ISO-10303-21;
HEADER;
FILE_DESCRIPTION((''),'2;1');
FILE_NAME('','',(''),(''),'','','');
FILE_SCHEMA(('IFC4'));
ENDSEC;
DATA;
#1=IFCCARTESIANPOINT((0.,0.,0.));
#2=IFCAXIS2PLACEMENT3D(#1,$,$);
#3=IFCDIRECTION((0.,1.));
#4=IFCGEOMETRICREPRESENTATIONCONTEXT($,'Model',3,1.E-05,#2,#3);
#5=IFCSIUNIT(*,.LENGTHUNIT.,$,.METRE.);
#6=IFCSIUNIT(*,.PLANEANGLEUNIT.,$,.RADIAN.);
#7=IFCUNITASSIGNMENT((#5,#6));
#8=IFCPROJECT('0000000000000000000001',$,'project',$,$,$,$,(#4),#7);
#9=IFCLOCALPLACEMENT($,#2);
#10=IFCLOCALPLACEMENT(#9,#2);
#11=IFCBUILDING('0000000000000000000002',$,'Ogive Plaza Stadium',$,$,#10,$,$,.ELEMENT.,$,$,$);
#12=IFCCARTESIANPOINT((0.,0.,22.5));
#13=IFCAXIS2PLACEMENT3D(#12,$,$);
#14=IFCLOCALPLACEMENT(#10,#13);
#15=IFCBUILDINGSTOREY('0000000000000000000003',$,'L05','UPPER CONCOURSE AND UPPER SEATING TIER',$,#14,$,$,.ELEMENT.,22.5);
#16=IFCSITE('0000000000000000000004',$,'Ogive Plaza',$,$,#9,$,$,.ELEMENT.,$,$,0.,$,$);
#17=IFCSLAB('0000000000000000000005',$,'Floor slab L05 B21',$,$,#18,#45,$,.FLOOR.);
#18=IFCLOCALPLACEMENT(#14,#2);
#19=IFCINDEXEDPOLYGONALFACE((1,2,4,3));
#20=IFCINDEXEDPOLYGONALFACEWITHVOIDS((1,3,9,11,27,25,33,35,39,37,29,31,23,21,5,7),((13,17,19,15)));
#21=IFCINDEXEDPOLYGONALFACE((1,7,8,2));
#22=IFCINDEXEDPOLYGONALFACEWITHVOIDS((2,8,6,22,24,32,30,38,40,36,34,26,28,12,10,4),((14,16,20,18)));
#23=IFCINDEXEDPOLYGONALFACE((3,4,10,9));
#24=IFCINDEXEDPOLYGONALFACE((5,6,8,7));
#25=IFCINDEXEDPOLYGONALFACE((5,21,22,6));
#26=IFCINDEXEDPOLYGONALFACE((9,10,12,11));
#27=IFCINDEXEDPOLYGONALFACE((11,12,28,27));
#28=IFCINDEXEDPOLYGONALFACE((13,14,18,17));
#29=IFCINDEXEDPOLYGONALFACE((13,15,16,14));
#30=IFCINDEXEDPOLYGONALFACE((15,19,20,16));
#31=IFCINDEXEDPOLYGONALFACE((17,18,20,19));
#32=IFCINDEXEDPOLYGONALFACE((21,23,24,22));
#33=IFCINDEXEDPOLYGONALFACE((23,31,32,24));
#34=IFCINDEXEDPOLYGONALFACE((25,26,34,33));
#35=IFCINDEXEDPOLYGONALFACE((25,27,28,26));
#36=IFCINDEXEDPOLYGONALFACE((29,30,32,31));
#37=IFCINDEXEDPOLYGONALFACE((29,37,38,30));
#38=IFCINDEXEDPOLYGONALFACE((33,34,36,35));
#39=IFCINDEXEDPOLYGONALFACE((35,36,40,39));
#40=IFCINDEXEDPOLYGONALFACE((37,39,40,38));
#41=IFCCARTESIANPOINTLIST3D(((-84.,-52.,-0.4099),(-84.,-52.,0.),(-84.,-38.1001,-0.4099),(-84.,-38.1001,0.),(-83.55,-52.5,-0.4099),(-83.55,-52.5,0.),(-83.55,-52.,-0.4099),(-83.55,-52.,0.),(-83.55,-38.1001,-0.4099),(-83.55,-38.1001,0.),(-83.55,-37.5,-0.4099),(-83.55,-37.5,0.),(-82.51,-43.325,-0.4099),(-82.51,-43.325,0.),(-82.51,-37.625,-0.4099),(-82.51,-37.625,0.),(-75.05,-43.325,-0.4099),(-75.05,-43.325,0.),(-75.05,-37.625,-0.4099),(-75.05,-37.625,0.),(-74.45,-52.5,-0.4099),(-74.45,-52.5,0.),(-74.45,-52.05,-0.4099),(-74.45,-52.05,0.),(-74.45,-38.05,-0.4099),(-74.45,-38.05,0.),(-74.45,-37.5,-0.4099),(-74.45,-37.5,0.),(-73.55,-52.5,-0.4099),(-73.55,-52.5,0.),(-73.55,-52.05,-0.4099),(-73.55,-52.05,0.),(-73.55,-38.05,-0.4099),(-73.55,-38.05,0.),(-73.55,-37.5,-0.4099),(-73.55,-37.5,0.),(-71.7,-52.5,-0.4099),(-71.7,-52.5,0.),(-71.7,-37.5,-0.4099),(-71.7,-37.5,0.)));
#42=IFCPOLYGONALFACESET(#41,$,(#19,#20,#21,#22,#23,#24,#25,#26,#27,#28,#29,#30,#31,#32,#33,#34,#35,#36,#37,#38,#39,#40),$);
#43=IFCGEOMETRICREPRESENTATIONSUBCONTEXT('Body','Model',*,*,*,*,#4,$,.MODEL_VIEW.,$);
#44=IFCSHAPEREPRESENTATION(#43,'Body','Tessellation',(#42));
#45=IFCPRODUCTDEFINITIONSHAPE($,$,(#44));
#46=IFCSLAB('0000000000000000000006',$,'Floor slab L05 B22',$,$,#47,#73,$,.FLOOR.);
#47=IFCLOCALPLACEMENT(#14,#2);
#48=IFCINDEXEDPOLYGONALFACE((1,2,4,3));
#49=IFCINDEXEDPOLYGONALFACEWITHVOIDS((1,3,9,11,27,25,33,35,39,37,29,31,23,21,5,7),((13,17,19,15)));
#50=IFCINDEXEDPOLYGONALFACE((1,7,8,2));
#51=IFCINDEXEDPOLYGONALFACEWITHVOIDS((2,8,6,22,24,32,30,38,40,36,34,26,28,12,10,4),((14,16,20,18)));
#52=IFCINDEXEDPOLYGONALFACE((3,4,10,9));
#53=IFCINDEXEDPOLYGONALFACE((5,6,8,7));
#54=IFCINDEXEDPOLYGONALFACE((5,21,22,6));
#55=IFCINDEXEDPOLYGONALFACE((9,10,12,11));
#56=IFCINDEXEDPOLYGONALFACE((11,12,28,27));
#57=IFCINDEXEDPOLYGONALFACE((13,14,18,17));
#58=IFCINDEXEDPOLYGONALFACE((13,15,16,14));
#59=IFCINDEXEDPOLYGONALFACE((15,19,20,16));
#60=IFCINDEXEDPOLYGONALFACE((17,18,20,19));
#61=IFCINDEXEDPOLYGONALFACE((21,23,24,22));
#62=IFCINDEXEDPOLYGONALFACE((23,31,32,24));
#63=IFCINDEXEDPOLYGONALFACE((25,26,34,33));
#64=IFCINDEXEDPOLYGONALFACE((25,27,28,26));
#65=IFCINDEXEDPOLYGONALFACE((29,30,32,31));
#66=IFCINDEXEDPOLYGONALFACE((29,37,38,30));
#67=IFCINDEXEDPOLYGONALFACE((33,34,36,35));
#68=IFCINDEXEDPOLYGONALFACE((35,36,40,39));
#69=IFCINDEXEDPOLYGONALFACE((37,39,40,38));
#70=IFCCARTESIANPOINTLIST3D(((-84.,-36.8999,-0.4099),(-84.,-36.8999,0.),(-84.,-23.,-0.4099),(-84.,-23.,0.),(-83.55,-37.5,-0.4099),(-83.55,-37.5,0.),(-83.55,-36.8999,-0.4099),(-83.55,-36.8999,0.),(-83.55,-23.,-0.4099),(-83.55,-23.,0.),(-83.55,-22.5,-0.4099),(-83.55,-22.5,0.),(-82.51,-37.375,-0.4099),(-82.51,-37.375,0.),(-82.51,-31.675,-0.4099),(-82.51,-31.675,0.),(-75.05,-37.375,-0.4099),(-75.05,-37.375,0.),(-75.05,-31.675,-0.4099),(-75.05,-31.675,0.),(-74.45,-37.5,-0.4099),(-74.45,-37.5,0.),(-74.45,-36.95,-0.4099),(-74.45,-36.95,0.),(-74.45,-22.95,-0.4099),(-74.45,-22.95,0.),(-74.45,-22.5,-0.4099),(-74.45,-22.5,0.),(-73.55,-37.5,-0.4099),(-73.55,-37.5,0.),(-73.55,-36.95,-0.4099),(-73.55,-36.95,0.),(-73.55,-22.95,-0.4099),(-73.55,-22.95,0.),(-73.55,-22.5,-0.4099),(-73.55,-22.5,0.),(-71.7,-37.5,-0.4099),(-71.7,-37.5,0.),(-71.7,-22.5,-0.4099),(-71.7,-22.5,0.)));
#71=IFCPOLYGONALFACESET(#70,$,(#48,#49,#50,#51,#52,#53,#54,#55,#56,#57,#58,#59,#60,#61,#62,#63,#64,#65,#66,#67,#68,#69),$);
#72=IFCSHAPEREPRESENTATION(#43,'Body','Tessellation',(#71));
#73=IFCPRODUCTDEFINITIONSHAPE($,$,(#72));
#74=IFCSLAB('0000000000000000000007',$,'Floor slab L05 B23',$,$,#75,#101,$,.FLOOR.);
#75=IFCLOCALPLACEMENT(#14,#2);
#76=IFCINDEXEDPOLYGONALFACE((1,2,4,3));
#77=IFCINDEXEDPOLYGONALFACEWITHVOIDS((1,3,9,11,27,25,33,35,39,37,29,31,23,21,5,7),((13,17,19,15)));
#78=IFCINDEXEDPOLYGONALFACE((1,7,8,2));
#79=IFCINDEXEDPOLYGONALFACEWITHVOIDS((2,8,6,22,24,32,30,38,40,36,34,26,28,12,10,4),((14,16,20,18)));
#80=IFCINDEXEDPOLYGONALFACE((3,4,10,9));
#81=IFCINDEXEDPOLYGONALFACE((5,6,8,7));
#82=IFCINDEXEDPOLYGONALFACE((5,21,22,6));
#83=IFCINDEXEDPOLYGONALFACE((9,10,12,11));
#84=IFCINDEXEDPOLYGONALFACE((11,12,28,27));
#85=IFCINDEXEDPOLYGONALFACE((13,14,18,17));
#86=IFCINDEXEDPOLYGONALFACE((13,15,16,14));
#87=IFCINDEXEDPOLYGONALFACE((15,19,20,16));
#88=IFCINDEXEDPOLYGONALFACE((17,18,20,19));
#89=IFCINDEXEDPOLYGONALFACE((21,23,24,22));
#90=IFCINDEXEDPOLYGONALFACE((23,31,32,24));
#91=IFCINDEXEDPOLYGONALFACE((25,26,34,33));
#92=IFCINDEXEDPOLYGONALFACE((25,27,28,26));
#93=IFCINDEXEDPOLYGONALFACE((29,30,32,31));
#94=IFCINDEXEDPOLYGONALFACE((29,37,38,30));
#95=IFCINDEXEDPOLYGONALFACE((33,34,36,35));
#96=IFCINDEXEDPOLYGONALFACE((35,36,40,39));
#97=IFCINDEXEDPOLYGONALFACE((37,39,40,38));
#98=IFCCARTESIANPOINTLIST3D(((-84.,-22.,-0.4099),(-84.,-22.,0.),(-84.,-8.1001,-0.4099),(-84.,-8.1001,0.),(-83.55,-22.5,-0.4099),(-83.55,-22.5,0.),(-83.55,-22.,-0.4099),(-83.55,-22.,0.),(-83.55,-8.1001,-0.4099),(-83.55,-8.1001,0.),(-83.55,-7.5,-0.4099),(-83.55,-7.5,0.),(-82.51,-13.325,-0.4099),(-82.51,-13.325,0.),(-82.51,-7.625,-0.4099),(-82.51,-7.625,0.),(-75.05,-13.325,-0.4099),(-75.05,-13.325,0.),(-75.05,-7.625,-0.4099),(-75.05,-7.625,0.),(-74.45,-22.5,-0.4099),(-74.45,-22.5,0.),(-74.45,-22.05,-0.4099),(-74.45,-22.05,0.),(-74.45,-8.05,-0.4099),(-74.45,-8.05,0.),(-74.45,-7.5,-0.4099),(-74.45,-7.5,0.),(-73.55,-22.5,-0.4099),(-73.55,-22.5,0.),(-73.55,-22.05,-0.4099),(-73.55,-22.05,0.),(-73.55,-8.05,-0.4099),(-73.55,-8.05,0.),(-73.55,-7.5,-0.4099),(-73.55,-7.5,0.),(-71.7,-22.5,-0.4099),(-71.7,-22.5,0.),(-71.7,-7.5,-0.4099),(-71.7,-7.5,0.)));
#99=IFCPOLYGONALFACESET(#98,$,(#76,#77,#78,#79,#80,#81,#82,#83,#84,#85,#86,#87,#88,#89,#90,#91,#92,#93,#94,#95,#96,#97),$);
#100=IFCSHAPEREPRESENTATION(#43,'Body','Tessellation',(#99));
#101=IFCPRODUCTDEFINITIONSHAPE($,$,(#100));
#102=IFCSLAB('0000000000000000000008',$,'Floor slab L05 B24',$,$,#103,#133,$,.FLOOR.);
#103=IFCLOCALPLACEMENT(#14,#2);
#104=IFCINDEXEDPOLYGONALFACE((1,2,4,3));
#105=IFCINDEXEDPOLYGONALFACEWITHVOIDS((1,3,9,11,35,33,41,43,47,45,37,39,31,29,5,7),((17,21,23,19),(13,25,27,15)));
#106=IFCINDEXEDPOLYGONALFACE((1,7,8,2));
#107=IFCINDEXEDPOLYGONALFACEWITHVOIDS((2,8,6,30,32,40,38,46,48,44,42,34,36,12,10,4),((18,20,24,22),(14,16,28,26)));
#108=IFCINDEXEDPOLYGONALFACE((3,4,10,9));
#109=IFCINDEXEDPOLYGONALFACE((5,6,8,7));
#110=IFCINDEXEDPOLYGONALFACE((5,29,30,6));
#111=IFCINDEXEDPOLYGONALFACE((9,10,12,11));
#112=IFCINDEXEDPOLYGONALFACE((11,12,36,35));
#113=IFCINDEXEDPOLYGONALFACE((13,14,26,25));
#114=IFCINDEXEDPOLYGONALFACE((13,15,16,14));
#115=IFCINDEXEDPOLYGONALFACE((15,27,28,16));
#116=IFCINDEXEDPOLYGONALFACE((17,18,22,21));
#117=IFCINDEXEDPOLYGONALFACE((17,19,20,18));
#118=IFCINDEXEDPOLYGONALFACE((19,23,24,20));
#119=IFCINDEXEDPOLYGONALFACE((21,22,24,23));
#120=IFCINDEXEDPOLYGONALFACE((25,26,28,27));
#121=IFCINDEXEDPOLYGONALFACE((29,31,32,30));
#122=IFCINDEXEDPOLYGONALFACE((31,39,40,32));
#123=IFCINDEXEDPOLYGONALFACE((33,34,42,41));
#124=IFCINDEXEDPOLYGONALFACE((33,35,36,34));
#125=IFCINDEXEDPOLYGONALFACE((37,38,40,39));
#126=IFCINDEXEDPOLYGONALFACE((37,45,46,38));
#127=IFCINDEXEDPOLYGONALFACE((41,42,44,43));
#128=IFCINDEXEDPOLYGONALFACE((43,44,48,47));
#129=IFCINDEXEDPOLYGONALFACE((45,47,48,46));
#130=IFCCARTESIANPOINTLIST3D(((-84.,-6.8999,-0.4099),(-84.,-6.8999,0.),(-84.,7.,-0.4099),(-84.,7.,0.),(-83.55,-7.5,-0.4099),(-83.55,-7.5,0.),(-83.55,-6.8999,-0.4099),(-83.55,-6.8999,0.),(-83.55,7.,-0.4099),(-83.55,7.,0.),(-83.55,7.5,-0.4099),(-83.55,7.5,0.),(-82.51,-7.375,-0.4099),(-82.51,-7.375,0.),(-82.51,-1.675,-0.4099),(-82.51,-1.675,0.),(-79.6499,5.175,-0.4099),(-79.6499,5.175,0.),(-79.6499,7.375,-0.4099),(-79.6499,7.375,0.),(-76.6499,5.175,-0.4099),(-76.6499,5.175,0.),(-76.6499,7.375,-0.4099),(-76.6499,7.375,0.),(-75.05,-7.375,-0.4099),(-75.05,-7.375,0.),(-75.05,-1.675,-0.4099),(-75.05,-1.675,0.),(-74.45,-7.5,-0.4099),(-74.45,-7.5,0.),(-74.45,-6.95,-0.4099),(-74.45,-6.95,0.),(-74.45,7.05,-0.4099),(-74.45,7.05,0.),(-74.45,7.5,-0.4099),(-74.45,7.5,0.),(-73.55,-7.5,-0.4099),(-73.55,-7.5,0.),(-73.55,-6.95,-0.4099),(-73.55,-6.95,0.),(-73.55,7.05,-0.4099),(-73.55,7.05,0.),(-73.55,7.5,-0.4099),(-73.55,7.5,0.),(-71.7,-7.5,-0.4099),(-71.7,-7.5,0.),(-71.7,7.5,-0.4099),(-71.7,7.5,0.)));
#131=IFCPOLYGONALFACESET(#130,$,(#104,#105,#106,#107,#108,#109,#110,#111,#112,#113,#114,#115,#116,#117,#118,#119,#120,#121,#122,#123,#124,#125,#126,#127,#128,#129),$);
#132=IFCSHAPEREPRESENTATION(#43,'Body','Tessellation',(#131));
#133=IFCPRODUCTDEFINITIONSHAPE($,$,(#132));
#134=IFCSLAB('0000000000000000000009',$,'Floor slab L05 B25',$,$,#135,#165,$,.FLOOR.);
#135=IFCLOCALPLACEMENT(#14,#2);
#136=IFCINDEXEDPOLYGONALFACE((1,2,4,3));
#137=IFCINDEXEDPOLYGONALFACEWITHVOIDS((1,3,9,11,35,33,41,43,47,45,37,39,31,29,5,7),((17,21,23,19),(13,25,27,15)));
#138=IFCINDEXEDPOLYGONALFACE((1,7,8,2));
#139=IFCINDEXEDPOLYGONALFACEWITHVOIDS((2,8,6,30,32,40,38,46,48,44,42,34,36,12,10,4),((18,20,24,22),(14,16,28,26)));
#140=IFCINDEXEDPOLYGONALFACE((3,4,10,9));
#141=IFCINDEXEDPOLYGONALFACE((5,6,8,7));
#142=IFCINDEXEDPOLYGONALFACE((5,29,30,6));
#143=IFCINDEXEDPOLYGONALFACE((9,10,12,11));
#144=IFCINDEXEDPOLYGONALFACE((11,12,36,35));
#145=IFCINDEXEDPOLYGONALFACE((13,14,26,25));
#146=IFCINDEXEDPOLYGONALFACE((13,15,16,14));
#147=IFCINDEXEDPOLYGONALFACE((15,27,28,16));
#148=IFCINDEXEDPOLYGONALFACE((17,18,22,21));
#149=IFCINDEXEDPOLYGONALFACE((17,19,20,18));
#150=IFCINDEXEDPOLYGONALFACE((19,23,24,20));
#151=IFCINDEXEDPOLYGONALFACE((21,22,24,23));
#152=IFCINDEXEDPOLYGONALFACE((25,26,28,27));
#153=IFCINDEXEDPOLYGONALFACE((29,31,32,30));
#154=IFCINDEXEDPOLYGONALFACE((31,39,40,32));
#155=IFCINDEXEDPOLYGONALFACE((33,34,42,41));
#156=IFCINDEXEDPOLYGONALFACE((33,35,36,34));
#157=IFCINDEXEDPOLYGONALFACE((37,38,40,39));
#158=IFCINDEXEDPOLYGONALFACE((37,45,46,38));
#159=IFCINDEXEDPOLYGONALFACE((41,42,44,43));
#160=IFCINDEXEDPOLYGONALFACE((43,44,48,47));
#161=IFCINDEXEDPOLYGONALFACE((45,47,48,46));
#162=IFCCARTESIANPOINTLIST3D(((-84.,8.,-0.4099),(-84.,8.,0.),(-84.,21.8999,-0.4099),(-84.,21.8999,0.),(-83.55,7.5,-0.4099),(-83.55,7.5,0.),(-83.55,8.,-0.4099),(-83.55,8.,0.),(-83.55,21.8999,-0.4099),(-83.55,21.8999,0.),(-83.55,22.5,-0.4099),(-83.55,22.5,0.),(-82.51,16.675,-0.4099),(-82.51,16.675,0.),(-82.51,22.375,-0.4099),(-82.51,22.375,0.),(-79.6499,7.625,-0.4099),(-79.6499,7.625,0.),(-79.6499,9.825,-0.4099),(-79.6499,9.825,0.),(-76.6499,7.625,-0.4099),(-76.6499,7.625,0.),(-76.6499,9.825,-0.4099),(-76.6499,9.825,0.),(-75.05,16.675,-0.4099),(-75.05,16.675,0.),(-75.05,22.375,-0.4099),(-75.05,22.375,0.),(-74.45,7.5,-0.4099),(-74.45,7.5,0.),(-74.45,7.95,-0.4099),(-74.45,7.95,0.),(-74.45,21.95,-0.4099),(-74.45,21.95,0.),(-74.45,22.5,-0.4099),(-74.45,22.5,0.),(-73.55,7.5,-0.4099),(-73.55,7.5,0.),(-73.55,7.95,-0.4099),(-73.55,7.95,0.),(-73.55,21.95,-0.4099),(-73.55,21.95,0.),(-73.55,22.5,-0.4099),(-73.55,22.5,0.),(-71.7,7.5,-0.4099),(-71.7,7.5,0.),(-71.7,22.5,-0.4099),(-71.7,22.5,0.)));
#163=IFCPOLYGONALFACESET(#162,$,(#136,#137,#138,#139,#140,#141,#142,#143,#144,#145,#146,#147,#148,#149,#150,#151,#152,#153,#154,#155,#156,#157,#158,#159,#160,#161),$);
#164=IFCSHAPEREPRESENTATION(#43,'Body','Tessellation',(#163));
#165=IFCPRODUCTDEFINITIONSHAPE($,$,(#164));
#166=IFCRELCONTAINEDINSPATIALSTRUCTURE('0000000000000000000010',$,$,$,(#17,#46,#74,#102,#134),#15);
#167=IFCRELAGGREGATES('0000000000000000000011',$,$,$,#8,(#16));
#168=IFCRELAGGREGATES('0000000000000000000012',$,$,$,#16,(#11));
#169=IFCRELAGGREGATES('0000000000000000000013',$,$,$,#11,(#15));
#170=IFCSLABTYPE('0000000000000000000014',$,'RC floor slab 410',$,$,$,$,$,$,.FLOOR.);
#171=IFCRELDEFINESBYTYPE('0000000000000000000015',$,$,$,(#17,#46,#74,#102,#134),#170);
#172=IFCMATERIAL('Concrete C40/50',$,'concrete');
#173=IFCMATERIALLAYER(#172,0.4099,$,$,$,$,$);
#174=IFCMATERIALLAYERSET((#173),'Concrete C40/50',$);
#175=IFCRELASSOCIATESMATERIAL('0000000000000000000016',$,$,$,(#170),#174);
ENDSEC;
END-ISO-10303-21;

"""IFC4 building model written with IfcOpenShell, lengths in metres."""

from ifc_helpers import new_model, si_unit, direction, frame, origin, place, context, subcontext, project, spatial, polyline, outline, extrude, material, layer, layer_set, type_object, element, save


model = new_model("IFC4")

# Units and contexts
model_context = context("Model", 3, precision=1e-05, world=origin(), true_north=direction((0.0, 1.0)))
body_context = subcontext(model_context, "Body", "Model", "MODEL_VIEW")
ifc_project = project(units=[si_unit("LENGTHUNIT", "METRE"), si_unit("PLANEANGLEUNIT", "RADIAN")], contexts=[model_context])

# Site, building, storey
site_placement = place(None, origin())
site = spatial("IfcSite", under=ifc_project, at=site_placement, Name="Ogive Plaza", CompositionType="ELEMENT", RefElevation=0.0)
building_placement = place(site_placement, origin())
building = spatial("IfcBuilding", under=site, at=building_placement, Name="Ogive Plaza Stadium", CompositionType="ELEMENT")
storey_placement = place(building_placement, frame((0.0, 0.0, 22.5)))
storey = spatial("IfcBuildingStorey", under=building, at=storey_placement, Name="L05", Description="UPPER CONCOURSE AND UPPER SEATING TIER", CompositionType="ELEMENT", Elevation=22.5)

# Slabs
ifc_material = material(Name="Concrete C40/50", Category="concrete")
ifc_layer = layer(ifc_material, 0.4099)
ifc_layer_set = layer_set([ifc_layer], Name="Concrete C40/50")
slab_type = type_object("IfcSlabType", Name="RC floor slab 410", PredefinedType="FLOOR", material=ifc_layer_set)
slab_1_placement = place(storey_placement, frame((0.0, 0.0, -0.4099)))
element("IfcSlab", 1, at=slab_1_placement, inside=storey, type_object=slab_type, Name="Floor slab L05 B21", PredefinedType="FLOOR", context=body_context, shape_type="SweptSolid", body=[
    extrude(outline(polyline([(-73.55, -37.5), (-73.55, -38.05), (-74.45, -38.05), (-74.45, -37.5), (-83.55, -37.5), (-83.55, -38.1001), (-84.0, -38.1001), (-84.0, -52.0), (-83.55, -52.0), (-83.55, -52.5), (-74.45, -52.5), (-74.45, -52.05), (-73.55, -52.05), (-73.55, -52.5), (-71.7, -52.5), (-71.7, -37.5), (-73.55, -37.5)]), holes=[polyline([(-75.05, -43.325), (-75.05, -37.625), (-82.51, -37.625), (-82.51, -43.325), (-75.05, -43.325)])]), origin(), (0.0, 0.0, 1.0), 0.4099),
])
slab_2_placement = place(storey_placement, frame((0.0, 0.0, -0.4099)))
element("IfcSlab", 2, at=slab_2_placement, inside=storey, type_object=slab_type, Name="Floor slab L05 B22", PredefinedType="FLOOR", context=body_context, shape_type="SweptSolid", body=[
    extrude(outline(polyline([(-73.55, -22.5), (-73.55, -22.95), (-74.45, -22.95), (-74.45, -22.5), (-83.55, -22.5), (-83.55, -23.0), (-84.0, -23.0), (-84.0, -36.8999), (-83.55, -36.8999), (-83.55, -37.5), (-74.45, -37.5), (-74.45, -36.95), (-73.55, -36.95), (-73.55, -37.5), (-71.7, -37.5), (-71.7, -22.5), (-73.55, -22.5)]), holes=[polyline([(-75.05, -31.675), (-82.51, -31.675), (-82.51, -37.375), (-75.05, -37.375), (-75.05, -31.675)])]), origin(), (0.0, 0.0, 1.0), 0.4099),
])
slab_3_placement = place(storey_placement, frame((0.0, 0.0, -0.4099)))
element("IfcSlab", 3, at=slab_3_placement, inside=storey, type_object=slab_type, Name="Floor slab L05 B23", PredefinedType="FLOOR", context=body_context, shape_type="SweptSolid", body=[
    extrude(outline(polyline([(-73.55, -7.5), (-73.55, -8.05), (-74.45, -8.05), (-74.45, -7.5), (-83.55, -7.5), (-83.55, -8.1001), (-84.0, -8.1001), (-84.0, -22.0), (-83.55, -22.0), (-83.55, -22.5), (-74.45, -22.5), (-74.45, -22.05), (-73.55, -22.05), (-73.55, -22.5), (-71.7, -22.5), (-71.7, -7.5), (-73.55, -7.5)]), holes=[polyline([(-75.05, -13.325), (-75.05, -7.625), (-82.51, -7.625), (-82.51, -13.325), (-75.05, -13.325)])]), origin(), (0.0, 0.0, 1.0), 0.4099),
])
slab_4_placement = place(storey_placement, frame((0.0, 0.0, -0.4099)))
element("IfcSlab", 4, at=slab_4_placement, inside=storey, type_object=slab_type, Name="Floor slab L05 B24", PredefinedType="FLOOR", context=body_context, shape_type="SweptSolid", body=[
    extrude(outline(polyline([(-73.55, 7.5), (-73.55, 7.05), (-74.45, 7.05), (-74.45, 7.5), (-83.55, 7.5), (-83.55, 7.0), (-84.0, 7.0), (-84.0, -6.8999), (-83.55, -6.8999), (-83.55, -7.5), (-74.45, -7.5), (-74.45, -6.95), (-73.55, -6.95), (-73.55, -7.5), (-71.7, -7.5), (-71.7, 7.5), (-73.55, 7.5)]), holes=[polyline([(-75.05, -7.375), (-75.05, -1.675), (-82.51, -1.675), (-82.51, -7.375), (-75.05, -7.375)]), polyline([(-76.6499, 5.175), (-76.6499, 7.375), (-79.6499, 7.375), (-79.6499, 5.175), (-76.6499, 5.175)])]), origin(), (0.0, 0.0, 1.0), 0.4099),
])
slab_5_placement = place(storey_placement, frame((0.0, 0.0, -0.4099)))
element("IfcSlab", 5, at=slab_5_placement, inside=storey, type_object=slab_type, Name="Floor slab L05 B25", PredefinedType="FLOOR", context=body_context, shape_type="SweptSolid", body=[
    extrude(outline(polyline([(-73.55, 22.5), (-73.55, 21.95), (-74.45, 21.95), (-74.45, 22.5), (-83.55, 22.5), (-83.55, 21.8999), (-84.0, 21.8999), (-84.0, 8.0), (-83.55, 8.0), (-83.55, 7.5), (-74.45, 7.5), (-74.45, 7.95), (-73.55, 7.95), (-73.55, 7.5), (-71.7, 7.5), (-71.7, 22.5), (-73.55, 22.5)]), holes=[polyline([(-76.6499, 7.625), (-76.6499, 9.825), (-79.6499, 9.825), (-79.6499, 7.625), (-76.6499, 7.625)]), polyline([(-75.05, 16.675), (-75.05, 22.375), (-82.51, 22.375), (-82.51, 16.675), (-75.05, 16.675)])]), origin(), (0.0, 0.0, 1.0), 0.4099),
])

save(model, "model.ifc")
